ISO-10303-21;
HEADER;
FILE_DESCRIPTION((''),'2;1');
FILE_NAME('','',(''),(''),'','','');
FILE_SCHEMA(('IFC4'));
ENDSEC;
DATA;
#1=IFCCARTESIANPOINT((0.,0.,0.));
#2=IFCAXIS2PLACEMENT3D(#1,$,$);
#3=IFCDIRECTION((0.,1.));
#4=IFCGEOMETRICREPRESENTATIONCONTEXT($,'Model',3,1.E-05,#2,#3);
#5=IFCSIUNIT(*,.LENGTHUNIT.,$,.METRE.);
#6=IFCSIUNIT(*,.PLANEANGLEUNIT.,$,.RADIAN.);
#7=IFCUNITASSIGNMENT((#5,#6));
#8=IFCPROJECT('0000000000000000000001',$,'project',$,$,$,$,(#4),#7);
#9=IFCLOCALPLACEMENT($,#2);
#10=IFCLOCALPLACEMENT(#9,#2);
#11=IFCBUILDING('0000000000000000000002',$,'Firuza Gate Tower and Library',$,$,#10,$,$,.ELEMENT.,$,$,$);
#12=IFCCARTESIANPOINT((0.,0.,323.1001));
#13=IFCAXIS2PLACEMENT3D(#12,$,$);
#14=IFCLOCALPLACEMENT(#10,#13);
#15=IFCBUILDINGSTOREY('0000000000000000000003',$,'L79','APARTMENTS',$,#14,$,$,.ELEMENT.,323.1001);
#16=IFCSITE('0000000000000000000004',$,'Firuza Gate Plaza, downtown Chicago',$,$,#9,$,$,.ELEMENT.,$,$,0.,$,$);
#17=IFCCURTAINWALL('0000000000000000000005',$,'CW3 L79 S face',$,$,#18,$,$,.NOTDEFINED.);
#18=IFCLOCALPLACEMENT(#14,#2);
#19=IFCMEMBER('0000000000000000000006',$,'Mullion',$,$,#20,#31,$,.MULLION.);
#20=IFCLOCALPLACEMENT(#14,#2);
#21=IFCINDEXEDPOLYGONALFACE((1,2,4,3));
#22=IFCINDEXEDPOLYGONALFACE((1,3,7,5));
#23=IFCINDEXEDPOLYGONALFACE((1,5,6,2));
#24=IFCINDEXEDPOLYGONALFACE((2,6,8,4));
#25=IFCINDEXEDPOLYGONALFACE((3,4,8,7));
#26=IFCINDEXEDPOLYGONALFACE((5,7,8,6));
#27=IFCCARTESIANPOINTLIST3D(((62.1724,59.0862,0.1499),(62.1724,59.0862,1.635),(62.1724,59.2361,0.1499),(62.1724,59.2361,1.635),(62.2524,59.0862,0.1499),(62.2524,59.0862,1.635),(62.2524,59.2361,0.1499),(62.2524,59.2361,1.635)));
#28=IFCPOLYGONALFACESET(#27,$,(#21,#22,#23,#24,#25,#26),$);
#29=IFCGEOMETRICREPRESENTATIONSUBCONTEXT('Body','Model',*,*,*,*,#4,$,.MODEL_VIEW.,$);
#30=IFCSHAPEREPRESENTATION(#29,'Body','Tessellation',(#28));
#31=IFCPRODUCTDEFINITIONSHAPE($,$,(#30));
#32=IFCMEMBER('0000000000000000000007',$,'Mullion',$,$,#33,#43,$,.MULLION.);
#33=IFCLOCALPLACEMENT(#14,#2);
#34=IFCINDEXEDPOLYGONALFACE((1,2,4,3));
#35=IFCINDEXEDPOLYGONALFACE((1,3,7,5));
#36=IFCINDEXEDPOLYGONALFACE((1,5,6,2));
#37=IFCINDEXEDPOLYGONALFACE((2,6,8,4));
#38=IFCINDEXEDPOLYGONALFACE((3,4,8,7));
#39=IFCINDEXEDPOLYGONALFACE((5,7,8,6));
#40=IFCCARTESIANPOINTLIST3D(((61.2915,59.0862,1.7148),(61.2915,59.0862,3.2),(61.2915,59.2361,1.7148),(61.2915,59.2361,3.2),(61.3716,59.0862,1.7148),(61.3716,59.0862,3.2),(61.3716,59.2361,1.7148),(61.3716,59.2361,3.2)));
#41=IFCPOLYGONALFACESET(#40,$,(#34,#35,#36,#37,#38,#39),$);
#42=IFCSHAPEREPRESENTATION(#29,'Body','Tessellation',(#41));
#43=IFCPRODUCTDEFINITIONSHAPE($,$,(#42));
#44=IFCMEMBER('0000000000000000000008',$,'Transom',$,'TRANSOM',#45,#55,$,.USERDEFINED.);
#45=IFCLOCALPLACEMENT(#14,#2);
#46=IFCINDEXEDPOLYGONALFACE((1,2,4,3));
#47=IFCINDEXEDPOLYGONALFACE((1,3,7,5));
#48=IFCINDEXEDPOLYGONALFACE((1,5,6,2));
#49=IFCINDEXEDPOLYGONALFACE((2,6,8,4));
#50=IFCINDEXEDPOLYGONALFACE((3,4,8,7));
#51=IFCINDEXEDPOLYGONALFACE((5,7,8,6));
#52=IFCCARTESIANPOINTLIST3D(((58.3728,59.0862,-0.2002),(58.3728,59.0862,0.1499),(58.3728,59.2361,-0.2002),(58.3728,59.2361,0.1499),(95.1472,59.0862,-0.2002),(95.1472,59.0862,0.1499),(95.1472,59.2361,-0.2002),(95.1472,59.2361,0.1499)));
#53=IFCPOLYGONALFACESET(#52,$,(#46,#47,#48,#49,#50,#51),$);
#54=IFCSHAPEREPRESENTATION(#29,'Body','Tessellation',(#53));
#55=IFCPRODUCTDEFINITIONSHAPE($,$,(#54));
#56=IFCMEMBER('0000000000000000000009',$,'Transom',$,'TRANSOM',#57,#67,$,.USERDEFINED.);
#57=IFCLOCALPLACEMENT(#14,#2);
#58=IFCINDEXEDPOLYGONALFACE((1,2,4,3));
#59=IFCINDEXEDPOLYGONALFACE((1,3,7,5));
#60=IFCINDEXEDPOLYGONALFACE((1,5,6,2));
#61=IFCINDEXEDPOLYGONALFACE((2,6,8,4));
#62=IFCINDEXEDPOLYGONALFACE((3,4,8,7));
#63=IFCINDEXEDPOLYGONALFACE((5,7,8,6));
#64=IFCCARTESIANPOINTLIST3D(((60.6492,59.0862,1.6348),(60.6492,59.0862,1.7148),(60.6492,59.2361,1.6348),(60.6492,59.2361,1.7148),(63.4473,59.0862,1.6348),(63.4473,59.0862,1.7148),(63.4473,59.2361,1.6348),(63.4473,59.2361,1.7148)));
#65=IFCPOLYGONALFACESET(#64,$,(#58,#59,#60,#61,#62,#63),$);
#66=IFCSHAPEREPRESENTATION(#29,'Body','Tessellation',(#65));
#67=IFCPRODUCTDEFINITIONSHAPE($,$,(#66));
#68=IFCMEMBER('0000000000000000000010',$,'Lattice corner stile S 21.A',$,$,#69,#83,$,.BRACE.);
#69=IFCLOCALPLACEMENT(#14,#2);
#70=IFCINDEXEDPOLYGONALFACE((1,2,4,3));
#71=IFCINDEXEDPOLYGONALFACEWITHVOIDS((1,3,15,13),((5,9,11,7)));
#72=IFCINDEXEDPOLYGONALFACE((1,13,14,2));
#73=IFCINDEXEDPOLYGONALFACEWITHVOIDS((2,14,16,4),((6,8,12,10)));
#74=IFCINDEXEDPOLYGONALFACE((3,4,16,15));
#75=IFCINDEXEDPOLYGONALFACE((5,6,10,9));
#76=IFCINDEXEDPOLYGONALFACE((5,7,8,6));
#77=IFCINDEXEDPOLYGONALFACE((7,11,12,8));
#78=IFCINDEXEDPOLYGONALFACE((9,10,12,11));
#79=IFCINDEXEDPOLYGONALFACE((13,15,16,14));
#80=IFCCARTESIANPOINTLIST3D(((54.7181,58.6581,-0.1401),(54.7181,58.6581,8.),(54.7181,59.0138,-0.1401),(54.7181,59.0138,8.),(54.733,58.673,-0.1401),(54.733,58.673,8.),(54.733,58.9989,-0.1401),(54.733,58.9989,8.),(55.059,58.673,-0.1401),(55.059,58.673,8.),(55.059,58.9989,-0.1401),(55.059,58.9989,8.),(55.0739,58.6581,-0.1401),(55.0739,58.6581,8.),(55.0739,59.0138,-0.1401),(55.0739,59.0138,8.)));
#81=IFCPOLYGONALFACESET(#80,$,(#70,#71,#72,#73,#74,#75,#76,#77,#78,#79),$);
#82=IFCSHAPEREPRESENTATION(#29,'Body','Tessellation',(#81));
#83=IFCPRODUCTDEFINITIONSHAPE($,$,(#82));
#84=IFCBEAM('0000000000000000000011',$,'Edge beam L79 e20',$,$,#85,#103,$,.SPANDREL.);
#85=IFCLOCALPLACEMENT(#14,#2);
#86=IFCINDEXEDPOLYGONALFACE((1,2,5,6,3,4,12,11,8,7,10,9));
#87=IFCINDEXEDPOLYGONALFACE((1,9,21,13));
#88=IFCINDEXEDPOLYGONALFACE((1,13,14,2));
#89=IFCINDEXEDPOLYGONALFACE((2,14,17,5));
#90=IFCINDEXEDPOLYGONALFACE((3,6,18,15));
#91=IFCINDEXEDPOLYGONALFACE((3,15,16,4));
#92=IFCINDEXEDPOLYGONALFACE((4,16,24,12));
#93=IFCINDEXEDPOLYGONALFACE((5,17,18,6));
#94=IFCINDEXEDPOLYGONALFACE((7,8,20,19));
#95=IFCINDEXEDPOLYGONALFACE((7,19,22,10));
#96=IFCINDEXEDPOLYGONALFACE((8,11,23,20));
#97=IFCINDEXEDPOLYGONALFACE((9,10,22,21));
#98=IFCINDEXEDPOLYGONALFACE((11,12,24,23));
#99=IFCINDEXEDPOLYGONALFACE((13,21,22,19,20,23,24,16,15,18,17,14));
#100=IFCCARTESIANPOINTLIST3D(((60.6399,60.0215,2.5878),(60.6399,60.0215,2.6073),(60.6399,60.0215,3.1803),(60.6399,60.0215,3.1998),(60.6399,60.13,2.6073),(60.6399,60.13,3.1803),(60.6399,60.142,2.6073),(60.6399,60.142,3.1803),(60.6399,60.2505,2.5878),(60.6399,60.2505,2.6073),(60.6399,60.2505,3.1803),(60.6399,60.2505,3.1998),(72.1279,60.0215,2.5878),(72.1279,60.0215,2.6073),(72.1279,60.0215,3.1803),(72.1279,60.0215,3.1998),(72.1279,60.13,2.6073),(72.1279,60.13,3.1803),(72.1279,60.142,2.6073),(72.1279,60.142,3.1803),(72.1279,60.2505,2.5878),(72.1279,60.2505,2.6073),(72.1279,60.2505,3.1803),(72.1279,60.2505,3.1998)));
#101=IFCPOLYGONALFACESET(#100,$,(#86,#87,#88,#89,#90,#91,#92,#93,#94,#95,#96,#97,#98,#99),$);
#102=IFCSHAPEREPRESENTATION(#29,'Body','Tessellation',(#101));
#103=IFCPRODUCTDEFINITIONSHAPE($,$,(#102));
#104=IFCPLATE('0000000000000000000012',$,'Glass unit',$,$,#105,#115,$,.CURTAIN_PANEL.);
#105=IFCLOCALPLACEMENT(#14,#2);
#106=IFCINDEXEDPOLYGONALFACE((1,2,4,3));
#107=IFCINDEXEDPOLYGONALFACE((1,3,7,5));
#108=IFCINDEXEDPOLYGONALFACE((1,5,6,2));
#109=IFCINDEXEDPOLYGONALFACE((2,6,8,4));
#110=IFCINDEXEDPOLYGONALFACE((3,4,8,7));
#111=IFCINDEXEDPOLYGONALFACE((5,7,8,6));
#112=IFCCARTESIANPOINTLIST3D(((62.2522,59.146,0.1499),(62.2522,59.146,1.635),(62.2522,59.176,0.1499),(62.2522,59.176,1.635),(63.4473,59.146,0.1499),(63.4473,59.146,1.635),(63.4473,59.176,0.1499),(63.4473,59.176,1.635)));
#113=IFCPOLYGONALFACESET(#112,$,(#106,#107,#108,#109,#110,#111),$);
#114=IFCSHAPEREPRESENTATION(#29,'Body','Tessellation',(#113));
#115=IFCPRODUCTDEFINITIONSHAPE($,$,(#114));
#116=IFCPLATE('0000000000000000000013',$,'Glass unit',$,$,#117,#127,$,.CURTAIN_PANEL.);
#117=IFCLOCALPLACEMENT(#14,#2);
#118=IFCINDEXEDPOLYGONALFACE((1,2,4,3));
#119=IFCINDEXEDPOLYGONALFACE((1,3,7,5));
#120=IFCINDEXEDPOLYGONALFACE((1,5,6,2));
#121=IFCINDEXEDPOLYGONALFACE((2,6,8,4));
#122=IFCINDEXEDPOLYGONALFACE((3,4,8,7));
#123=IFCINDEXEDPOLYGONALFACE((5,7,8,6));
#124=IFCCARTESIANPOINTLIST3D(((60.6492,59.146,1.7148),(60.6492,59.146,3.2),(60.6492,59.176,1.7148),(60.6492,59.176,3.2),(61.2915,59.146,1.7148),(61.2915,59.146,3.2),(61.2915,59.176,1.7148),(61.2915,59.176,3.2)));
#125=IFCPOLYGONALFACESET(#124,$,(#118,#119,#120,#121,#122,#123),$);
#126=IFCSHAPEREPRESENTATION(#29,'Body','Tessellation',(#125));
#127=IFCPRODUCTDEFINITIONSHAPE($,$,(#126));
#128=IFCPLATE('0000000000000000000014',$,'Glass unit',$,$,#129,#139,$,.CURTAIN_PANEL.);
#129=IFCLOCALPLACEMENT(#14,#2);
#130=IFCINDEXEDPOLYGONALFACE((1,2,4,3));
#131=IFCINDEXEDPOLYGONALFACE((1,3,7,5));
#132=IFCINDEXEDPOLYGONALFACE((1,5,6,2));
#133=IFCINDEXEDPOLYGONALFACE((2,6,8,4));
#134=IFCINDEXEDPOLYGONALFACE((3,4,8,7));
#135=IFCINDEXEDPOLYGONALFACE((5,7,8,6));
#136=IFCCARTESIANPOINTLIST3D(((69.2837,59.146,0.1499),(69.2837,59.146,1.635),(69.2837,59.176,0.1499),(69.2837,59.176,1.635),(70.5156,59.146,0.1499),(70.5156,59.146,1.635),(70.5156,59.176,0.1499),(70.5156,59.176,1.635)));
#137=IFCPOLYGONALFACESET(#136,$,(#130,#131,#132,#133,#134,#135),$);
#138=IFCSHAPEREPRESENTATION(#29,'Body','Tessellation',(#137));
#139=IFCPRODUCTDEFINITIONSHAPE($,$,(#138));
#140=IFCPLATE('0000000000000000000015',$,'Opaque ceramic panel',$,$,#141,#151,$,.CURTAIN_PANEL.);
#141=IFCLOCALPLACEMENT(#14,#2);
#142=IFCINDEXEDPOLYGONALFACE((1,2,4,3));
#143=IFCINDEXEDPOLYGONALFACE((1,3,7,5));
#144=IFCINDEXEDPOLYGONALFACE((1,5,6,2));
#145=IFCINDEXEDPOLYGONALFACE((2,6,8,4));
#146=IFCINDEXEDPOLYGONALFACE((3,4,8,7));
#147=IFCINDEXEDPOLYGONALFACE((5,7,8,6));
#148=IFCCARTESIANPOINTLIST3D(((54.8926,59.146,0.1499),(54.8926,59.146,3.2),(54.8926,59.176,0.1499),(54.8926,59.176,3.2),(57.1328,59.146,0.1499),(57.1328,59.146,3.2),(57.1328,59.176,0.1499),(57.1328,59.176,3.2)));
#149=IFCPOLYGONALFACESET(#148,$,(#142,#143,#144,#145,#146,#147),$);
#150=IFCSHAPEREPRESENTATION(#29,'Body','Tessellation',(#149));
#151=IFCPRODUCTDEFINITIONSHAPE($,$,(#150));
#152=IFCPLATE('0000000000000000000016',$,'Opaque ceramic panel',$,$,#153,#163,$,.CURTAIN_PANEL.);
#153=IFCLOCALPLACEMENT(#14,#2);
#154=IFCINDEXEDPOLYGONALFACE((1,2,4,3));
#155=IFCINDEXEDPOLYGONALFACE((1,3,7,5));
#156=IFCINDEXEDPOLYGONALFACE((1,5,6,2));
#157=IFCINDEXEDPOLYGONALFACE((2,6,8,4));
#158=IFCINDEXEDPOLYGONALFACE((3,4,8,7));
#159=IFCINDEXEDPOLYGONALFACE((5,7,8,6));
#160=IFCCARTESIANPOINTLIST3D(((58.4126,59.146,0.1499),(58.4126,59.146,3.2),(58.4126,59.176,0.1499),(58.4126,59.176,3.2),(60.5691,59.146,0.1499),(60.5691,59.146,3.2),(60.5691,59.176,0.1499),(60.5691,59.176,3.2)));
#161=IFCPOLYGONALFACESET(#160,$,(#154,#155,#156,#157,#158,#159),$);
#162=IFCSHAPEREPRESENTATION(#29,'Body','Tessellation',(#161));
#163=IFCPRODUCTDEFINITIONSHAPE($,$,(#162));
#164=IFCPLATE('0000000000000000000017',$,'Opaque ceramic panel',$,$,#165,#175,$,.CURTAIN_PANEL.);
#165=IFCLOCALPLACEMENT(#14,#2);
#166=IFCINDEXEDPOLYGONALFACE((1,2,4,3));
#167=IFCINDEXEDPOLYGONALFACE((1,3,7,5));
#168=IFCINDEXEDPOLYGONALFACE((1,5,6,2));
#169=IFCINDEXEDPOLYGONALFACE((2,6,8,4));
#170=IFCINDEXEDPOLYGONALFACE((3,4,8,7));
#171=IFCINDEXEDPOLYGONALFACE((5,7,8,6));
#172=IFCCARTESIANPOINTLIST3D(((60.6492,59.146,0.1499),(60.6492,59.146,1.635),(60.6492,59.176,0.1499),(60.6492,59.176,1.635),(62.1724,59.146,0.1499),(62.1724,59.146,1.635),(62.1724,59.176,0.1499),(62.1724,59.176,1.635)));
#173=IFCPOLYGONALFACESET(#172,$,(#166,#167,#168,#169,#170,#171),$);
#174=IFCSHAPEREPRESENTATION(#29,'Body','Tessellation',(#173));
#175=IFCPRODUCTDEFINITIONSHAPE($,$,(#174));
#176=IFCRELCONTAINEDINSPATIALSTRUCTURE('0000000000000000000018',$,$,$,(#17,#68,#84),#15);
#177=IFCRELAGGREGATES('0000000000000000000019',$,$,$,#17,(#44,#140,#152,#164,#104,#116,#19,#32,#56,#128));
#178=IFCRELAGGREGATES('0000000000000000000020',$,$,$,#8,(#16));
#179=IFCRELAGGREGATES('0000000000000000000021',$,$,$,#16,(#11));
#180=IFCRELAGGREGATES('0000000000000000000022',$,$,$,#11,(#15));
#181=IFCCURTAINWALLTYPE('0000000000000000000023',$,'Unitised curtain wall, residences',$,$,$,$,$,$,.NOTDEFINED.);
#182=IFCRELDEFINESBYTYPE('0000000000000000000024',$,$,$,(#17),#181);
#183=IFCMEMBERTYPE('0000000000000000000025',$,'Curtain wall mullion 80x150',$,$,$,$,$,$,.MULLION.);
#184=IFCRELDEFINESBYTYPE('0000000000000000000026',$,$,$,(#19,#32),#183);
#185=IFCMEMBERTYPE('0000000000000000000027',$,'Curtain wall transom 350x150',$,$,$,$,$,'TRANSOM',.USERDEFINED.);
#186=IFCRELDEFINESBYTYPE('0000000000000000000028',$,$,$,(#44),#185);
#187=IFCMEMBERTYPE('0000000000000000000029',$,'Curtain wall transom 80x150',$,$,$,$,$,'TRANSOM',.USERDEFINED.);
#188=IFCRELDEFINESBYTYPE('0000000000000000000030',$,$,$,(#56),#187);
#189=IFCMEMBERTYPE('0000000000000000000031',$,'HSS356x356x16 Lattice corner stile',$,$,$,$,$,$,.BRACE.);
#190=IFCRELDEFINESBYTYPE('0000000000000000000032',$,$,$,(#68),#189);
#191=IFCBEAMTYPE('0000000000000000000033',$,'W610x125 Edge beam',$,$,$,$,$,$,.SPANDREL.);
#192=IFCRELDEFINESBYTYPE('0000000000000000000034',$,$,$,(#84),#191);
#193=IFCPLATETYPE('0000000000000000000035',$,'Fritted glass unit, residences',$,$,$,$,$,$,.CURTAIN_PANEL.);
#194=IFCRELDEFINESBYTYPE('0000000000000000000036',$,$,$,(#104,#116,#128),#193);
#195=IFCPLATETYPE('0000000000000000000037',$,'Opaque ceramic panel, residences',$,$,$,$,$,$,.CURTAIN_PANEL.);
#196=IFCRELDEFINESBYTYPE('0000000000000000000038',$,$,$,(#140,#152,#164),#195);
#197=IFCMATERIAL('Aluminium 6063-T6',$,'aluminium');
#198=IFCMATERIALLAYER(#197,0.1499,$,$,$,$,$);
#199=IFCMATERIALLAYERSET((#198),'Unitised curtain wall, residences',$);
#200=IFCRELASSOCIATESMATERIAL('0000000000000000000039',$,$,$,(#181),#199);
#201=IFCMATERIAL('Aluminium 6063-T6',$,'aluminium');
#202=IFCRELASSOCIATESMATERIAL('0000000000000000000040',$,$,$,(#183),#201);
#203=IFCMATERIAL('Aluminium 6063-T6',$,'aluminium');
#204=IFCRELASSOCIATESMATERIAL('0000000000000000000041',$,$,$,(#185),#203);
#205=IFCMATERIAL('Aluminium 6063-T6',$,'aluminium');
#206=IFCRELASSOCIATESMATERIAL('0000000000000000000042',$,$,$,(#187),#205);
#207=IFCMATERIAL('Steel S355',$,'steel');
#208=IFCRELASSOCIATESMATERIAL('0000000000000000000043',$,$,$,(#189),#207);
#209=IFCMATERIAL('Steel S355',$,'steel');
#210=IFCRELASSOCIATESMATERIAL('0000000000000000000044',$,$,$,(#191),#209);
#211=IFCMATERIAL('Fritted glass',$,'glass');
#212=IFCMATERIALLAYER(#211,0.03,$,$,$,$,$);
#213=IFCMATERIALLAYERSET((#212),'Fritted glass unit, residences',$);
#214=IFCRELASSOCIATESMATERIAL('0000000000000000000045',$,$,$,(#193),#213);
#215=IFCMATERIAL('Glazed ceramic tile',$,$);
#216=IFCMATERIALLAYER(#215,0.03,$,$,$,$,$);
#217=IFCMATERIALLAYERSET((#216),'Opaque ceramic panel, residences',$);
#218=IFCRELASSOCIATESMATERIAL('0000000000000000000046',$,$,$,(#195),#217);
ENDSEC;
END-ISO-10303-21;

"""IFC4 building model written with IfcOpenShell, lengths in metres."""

from ifc_helpers import new_model, si_unit, direction, frame, origin, origin_2d, place, context, subcontext, project, spatial, polyline, rectangle, hollow_rectangle, i_section, outline, extrude, material, layer, layer_set, material_profile, profile_set, type_object, element, aggregate, save


model = new_model("IFC4")

# Units and contexts
model_context = context("Model", 3, precision=1e-05, world=origin(), true_north=direction((0.0, 1.0)))
body_context = subcontext(model_context, "Body", "Model", "MODEL_VIEW")
ifc_project = project(units=[si_unit("LENGTHUNIT", "METRE"), si_unit("PLANEANGLEUNIT", "RADIAN")], contexts=[model_context])

# Site, building, storey
site_placement = place(None, origin())
site = spatial("IfcSite", under=ifc_project, at=site_placement, Name="Firuza Gate Plaza, downtown Chicago", CompositionType="ELEMENT", RefElevation=0.0)
building_placement = place(site_placement, origin())
building = spatial("IfcBuilding", under=site, at=building_placement, Name="Firuza Gate Tower and Library", CompositionType="ELEMENT")
storey_placement = place(building_placement, frame((0.0, 0.0, 323.1001)))
storey = spatial("IfcBuildingStorey", under=building, at=storey_placement, Name="L79", Description="APARTMENTS", CompositionType="ELEMENT", Elevation=323.1001)

# Curtain wall, members
ifc_material_1 = material(Name="Aluminium 6063-T6", Category="aluminium")
ifc_layer_1 = layer(ifc_material_1, 0.1499)
ifc_layer_set_1 = layer_set([ifc_layer_1], Name="Unitised curtain wall, residences")
curtain_wall_type = type_object("IfcCurtainWallType", Name="Unitised curtain wall, residences", PredefinedType="NOTDEFINED", material=ifc_layer_set_1)
curtain_wall_placement = place(storey_placement, origin())
curtain_wall = element("IfcCurtainWall", 1, at=curtain_wall_placement, inside=storey, type_object=curtain_wall_type, Name="CW3 L79 S face", PredefinedType="NOTDEFINED")
ifc_material_2 = material(Name="Aluminium 6063-T6", Category="aluminium")
ifc_material_profile_1 = material_profile(ifc_material_2, rectangle(XDim=0.1499, YDim=0.0801, at=origin_2d()))
ifc_profile_set_1 = profile_set([ifc_material_profile_1], Name="Aluminium 6063-T6")
member_type_1 = type_object("IfcMemberType", Name="Curtain wall mullion 80x150", PredefinedType="MULLION", material=ifc_profile_set_1)
member_1_placement = place(storey_placement, frame((62.2124, 59.1611, 0.1499), z_axis=(0.0, 0.0, 1.0), x_axis=(0.0, 1.0, 0.0)))
member_1 = element("IfcMember", 2, at=member_1_placement, type_object=member_type_1, Name="Mullion", PredefinedType="MULLION", context=body_context, shape_type="SweptSolid", body=[
    extrude(rectangle(XDim=0.1499, YDim=0.0801, at=origin_2d()), origin(), (0.0, 0.0, 1.0), 1.4851),
])
member_2_placement = place(storey_placement, frame((61.3315, 59.1611, 1.7148), z_axis=(0.0, 0.0, 1.0), x_axis=(0.0, 1.0, 0.0)))
member_2 = element("IfcMember", 3, at=member_2_placement, type_object=member_type_1, Name="Mullion", PredefinedType="MULLION", context=body_context, shape_type="SweptSolid", body=[
    extrude(rectangle(XDim=0.1499, YDim=0.0801, at=origin_2d()), origin(), (0.0, 0.0, 1.0), 1.4851),
])
ifc_material_3 = material(Name="Aluminium 6063-T6", Category="aluminium")
ifc_material_profile_2 = material_profile(ifc_material_3, rectangle(XDim=0.1499, YDim=0.3501, at=origin_2d()))
ifc_profile_set_2 = profile_set([ifc_material_profile_2], Name="Aluminium 6063-T6")
member_type_2 = type_object("IfcMemberType", Name="Curtain wall transom 350x150", ElementType="TRANSOM", PredefinedType="USERDEFINED", material=ifc_profile_set_2)
member_3_placement = place(storey_placement, frame((58.3728, 59.1611, -0.0251), z_axis=(1.0, 0.0, 0.0), x_axis=(0.0, 1.0, 0.0)))
member_3 = element("IfcMember", 4, at=member_3_placement, type_object=member_type_2, Name="Transom", ObjectType="TRANSOM", PredefinedType="USERDEFINED", context=body_context, shape_type="SweptSolid", body=[
    extrude(rectangle(XDim=0.1499, YDim=0.3501, at=origin_2d()), origin(), (0.0, 0.0, 1.0), 36.7744),
])
ifc_material_4 = material(Name="Aluminium 6063-T6", Category="aluminium")
ifc_material_profile_3 = material_profile(ifc_material_4, rectangle(XDim=0.1499, YDim=0.0801, at=origin_2d()))
ifc_profile_set_3 = profile_set([ifc_material_profile_3], Name="Aluminium 6063-T6")
member_type_3 = type_object("IfcMemberType", Name="Curtain wall transom 80x150", ElementType="TRANSOM", PredefinedType="USERDEFINED", material=ifc_profile_set_3)
member_4_placement = place(storey_placement, frame((60.6492, 59.1611, 1.6748), z_axis=(1.0, 0.0, 0.0), x_axis=(0.0, 1.0, 0.0)))
member_4 = element("IfcMember", 5, at=member_4_placement, type_object=member_type_3, Name="Transom", ObjectType="TRANSOM", PredefinedType="USERDEFINED", context=body_context, shape_type="SweptSolid", body=[
    extrude(rectangle(XDim=0.1499, YDim=0.0801, at=origin_2d()), origin(), (0.0, 0.0, 1.0), 2.7981),
])

# Member
ifc_material_5 = material(Name="Steel S355", Category="steel")
ifc_material_profile_4 = material_profile(ifc_material_5, hollow_rectangle(XDim=0.3557, YDim=0.3557, WallThickness=0.0149, at=origin_2d()))
ifc_profile_set_4 = profile_set([ifc_material_profile_4], Name="Steel S355")
member_type_4 = type_object("IfcMemberType", Name="HSS356x356x16 Lattice corner stile", PredefinedType="BRACE", material=ifc_profile_set_4)
member_5_placement = place(storey_placement, frame((54.896, 58.8359, -0.1401), z_axis=(0.0, 0.0, 1.0), x_axis=(1.0, 0.0, 0.0)))
element("IfcMember", 6, at=member_5_placement, inside=storey, type_object=member_type_4, Name="Lattice corner stile S 21.A", PredefinedType="BRACE", context=body_context, shape_type="SweptSolid", body=[
    extrude(hollow_rectangle(XDim=0.3557, YDim=0.3557, WallThickness=0.0149, at=origin_2d()), origin(), (0.0, 0.0, 1.0), 8.1401),
])

# Beam
ifc_material_6 = material(Name="Steel S355", Category="steel")
ifc_material_profile_5 = material_profile(ifc_material_6, i_section(OverallWidth=0.229, OverallDepth=0.6121, WebThickness=0.012, FlangeThickness=0.0195, at=origin_2d()))
ifc_profile_set_5 = profile_set([ifc_material_profile_5], Name="Steel S355")
beam_type = type_object("IfcBeamType", Name="W610x125 Edge beam", PredefinedType="SPANDREL", material=ifc_profile_set_5)
beam_placement = place(storey_placement, frame((60.6399, 60.136, 2.8938), z_axis=(1.0, 0.0, 0.0), x_axis=(0.0, 1.0, 0.0)))
element("IfcBeam", 7, at=beam_placement, inside=storey, type_object=beam_type, Name="Edge beam L79 e20", PredefinedType="SPANDREL", context=body_context, shape_type="SweptSolid", body=[
    extrude(i_section(OverallWidth=0.229, OverallDepth=0.6121, WebThickness=0.012, FlangeThickness=0.0195, at=origin_2d()), origin(), (0.0, 0.0, 1.0), 11.488),
])

# Plates
ifc_material_7 = material(Name="Fritted glass", Category="glass")
ifc_layer_2 = layer(ifc_material_7, 0.03)
ifc_layer_set_2 = layer_set([ifc_layer_2], Name="Fritted glass unit, residences")
plate_type_1 = type_object("IfcPlateType", Name="Fritted glass unit, residences", PredefinedType="CURTAIN_PANEL", material=ifc_layer_set_2)
plate_1_placement = place(storey_placement, frame((62.2522, 59.146, 0.1499), z_axis=(0.0, -1.0, 0.0), x_axis=(1.0, 0.0, 0.0)))
plate_1 = element("IfcPlate", 8, at=plate_1_placement, type_object=plate_type_1, Name="Glass unit", PredefinedType="CURTAIN_PANEL", context=body_context, shape_type="SweptSolid", body=[
    extrude(outline(polyline([(0.0, 0.0), (1.1951, 0.0), (1.1951, 1.4851), (0.0, 1.4851), (0.0, 0.0)])), origin(), (0.0, 0.0, -1.0), 0.03),
])
plate_2_placement = place(storey_placement, frame((60.6492, 59.146, 1.7148), z_axis=(0.0, -1.0, 0.0), x_axis=(1.0, 0.0, 0.0)))
plate_2 = element("IfcPlate", 9, at=plate_2_placement, type_object=plate_type_1, Name="Glass unit", PredefinedType="CURTAIN_PANEL", context=body_context, shape_type="SweptSolid", body=[
    extrude(outline(polyline([(0.0, 0.0), (0.6423, 0.0), (0.6423, 1.4851), (0.0, 1.4851), (0.0, 0.0)])), origin(), (0.0, 0.0, -1.0), 0.03),
])
plate_3_placement = place(storey_placement, frame((69.2837, 59.146, 0.1499), z_axis=(0.0, -1.0, 0.0), x_axis=(1.0, 0.0, 0.0)))
plate_3 = element("IfcPlate", 10, at=plate_3_placement, type_object=plate_type_1, Name="Glass unit", PredefinedType="CURTAIN_PANEL", context=body_context, shape_type="SweptSolid", body=[
    extrude(outline(polyline([(0.0, 0.0), (1.2319, 0.0), (1.2319, 1.4851), (0.0, 1.4851), (0.0, 0.0)])), origin(), (0.0, 0.0, -1.0), 0.03),
])
ifc_material_8 = material(Name="Glazed ceramic tile")
ifc_layer_3 = layer(ifc_material_8, 0.03)
ifc_layer_set_3 = layer_set([ifc_layer_3], Name="Opaque ceramic panel, residences")
plate_type_2 = type_object("IfcPlateType", Name="Opaque ceramic panel, residences", PredefinedType="CURTAIN_PANEL", material=ifc_layer_set_3)
plate_4_placement = place(storey_placement, frame((54.8926, 59.146, 0.1499), z_axis=(0.0, -1.0, 0.0), x_axis=(1.0, 0.0, 0.0)))
plate_4 = element("IfcPlate", 11, at=plate_4_placement, type_object=plate_type_2, Name="Opaque ceramic panel", PredefinedType="CURTAIN_PANEL", context=body_context, shape_type="SweptSolid", body=[
    extrude(outline(polyline([(0.0, 0.0), (2.2402, 0.0), (2.2402, 3.05), (0.0, 3.05), (0.0, 0.0)])), origin(), (0.0, 0.0, -1.0), 0.03),
])
plate_5_placement = place(storey_placement, frame((58.4126, 59.146, 0.1499), z_axis=(0.0, -1.0, 0.0), x_axis=(1.0, 0.0, 0.0)))
plate_5 = element("IfcPlate", 12, at=plate_5_placement, type_object=plate_type_2, Name="Opaque ceramic panel", PredefinedType="CURTAIN_PANEL", context=body_context, shape_type="SweptSolid", body=[
    extrude(outline(polyline([(0.0, 0.0), (2.1565, 0.0), (2.1565, 3.05), (0.0, 3.05), (0.0, 0.0)])), origin(), (0.0, 0.0, -1.0), 0.03),
])
plate_6_placement = place(storey_placement, frame((60.6492, 59.146, 0.1499), z_axis=(0.0, -1.0, 0.0), x_axis=(1.0, 0.0, 0.0)))
plate_6 = element("IfcPlate", 13, at=plate_6_placement, type_object=plate_type_2, Name="Opaque ceramic panel", PredefinedType="CURTAIN_PANEL", context=body_context, shape_type="SweptSolid", body=[
    extrude(outline(polyline([(0.0, 0.0), (1.5232, 0.0), (1.5232, 1.4851), (0.0, 1.4851), (0.0, 0.0)])), origin(), (0.0, 0.0, -1.0), 0.03),
])

aggregate(curtain_wall, [member_3, plate_4, plate_5, plate_6, plate_1, plate_2, member_1, member_2, member_4, plate_3])

save(model, "model.ifc")
